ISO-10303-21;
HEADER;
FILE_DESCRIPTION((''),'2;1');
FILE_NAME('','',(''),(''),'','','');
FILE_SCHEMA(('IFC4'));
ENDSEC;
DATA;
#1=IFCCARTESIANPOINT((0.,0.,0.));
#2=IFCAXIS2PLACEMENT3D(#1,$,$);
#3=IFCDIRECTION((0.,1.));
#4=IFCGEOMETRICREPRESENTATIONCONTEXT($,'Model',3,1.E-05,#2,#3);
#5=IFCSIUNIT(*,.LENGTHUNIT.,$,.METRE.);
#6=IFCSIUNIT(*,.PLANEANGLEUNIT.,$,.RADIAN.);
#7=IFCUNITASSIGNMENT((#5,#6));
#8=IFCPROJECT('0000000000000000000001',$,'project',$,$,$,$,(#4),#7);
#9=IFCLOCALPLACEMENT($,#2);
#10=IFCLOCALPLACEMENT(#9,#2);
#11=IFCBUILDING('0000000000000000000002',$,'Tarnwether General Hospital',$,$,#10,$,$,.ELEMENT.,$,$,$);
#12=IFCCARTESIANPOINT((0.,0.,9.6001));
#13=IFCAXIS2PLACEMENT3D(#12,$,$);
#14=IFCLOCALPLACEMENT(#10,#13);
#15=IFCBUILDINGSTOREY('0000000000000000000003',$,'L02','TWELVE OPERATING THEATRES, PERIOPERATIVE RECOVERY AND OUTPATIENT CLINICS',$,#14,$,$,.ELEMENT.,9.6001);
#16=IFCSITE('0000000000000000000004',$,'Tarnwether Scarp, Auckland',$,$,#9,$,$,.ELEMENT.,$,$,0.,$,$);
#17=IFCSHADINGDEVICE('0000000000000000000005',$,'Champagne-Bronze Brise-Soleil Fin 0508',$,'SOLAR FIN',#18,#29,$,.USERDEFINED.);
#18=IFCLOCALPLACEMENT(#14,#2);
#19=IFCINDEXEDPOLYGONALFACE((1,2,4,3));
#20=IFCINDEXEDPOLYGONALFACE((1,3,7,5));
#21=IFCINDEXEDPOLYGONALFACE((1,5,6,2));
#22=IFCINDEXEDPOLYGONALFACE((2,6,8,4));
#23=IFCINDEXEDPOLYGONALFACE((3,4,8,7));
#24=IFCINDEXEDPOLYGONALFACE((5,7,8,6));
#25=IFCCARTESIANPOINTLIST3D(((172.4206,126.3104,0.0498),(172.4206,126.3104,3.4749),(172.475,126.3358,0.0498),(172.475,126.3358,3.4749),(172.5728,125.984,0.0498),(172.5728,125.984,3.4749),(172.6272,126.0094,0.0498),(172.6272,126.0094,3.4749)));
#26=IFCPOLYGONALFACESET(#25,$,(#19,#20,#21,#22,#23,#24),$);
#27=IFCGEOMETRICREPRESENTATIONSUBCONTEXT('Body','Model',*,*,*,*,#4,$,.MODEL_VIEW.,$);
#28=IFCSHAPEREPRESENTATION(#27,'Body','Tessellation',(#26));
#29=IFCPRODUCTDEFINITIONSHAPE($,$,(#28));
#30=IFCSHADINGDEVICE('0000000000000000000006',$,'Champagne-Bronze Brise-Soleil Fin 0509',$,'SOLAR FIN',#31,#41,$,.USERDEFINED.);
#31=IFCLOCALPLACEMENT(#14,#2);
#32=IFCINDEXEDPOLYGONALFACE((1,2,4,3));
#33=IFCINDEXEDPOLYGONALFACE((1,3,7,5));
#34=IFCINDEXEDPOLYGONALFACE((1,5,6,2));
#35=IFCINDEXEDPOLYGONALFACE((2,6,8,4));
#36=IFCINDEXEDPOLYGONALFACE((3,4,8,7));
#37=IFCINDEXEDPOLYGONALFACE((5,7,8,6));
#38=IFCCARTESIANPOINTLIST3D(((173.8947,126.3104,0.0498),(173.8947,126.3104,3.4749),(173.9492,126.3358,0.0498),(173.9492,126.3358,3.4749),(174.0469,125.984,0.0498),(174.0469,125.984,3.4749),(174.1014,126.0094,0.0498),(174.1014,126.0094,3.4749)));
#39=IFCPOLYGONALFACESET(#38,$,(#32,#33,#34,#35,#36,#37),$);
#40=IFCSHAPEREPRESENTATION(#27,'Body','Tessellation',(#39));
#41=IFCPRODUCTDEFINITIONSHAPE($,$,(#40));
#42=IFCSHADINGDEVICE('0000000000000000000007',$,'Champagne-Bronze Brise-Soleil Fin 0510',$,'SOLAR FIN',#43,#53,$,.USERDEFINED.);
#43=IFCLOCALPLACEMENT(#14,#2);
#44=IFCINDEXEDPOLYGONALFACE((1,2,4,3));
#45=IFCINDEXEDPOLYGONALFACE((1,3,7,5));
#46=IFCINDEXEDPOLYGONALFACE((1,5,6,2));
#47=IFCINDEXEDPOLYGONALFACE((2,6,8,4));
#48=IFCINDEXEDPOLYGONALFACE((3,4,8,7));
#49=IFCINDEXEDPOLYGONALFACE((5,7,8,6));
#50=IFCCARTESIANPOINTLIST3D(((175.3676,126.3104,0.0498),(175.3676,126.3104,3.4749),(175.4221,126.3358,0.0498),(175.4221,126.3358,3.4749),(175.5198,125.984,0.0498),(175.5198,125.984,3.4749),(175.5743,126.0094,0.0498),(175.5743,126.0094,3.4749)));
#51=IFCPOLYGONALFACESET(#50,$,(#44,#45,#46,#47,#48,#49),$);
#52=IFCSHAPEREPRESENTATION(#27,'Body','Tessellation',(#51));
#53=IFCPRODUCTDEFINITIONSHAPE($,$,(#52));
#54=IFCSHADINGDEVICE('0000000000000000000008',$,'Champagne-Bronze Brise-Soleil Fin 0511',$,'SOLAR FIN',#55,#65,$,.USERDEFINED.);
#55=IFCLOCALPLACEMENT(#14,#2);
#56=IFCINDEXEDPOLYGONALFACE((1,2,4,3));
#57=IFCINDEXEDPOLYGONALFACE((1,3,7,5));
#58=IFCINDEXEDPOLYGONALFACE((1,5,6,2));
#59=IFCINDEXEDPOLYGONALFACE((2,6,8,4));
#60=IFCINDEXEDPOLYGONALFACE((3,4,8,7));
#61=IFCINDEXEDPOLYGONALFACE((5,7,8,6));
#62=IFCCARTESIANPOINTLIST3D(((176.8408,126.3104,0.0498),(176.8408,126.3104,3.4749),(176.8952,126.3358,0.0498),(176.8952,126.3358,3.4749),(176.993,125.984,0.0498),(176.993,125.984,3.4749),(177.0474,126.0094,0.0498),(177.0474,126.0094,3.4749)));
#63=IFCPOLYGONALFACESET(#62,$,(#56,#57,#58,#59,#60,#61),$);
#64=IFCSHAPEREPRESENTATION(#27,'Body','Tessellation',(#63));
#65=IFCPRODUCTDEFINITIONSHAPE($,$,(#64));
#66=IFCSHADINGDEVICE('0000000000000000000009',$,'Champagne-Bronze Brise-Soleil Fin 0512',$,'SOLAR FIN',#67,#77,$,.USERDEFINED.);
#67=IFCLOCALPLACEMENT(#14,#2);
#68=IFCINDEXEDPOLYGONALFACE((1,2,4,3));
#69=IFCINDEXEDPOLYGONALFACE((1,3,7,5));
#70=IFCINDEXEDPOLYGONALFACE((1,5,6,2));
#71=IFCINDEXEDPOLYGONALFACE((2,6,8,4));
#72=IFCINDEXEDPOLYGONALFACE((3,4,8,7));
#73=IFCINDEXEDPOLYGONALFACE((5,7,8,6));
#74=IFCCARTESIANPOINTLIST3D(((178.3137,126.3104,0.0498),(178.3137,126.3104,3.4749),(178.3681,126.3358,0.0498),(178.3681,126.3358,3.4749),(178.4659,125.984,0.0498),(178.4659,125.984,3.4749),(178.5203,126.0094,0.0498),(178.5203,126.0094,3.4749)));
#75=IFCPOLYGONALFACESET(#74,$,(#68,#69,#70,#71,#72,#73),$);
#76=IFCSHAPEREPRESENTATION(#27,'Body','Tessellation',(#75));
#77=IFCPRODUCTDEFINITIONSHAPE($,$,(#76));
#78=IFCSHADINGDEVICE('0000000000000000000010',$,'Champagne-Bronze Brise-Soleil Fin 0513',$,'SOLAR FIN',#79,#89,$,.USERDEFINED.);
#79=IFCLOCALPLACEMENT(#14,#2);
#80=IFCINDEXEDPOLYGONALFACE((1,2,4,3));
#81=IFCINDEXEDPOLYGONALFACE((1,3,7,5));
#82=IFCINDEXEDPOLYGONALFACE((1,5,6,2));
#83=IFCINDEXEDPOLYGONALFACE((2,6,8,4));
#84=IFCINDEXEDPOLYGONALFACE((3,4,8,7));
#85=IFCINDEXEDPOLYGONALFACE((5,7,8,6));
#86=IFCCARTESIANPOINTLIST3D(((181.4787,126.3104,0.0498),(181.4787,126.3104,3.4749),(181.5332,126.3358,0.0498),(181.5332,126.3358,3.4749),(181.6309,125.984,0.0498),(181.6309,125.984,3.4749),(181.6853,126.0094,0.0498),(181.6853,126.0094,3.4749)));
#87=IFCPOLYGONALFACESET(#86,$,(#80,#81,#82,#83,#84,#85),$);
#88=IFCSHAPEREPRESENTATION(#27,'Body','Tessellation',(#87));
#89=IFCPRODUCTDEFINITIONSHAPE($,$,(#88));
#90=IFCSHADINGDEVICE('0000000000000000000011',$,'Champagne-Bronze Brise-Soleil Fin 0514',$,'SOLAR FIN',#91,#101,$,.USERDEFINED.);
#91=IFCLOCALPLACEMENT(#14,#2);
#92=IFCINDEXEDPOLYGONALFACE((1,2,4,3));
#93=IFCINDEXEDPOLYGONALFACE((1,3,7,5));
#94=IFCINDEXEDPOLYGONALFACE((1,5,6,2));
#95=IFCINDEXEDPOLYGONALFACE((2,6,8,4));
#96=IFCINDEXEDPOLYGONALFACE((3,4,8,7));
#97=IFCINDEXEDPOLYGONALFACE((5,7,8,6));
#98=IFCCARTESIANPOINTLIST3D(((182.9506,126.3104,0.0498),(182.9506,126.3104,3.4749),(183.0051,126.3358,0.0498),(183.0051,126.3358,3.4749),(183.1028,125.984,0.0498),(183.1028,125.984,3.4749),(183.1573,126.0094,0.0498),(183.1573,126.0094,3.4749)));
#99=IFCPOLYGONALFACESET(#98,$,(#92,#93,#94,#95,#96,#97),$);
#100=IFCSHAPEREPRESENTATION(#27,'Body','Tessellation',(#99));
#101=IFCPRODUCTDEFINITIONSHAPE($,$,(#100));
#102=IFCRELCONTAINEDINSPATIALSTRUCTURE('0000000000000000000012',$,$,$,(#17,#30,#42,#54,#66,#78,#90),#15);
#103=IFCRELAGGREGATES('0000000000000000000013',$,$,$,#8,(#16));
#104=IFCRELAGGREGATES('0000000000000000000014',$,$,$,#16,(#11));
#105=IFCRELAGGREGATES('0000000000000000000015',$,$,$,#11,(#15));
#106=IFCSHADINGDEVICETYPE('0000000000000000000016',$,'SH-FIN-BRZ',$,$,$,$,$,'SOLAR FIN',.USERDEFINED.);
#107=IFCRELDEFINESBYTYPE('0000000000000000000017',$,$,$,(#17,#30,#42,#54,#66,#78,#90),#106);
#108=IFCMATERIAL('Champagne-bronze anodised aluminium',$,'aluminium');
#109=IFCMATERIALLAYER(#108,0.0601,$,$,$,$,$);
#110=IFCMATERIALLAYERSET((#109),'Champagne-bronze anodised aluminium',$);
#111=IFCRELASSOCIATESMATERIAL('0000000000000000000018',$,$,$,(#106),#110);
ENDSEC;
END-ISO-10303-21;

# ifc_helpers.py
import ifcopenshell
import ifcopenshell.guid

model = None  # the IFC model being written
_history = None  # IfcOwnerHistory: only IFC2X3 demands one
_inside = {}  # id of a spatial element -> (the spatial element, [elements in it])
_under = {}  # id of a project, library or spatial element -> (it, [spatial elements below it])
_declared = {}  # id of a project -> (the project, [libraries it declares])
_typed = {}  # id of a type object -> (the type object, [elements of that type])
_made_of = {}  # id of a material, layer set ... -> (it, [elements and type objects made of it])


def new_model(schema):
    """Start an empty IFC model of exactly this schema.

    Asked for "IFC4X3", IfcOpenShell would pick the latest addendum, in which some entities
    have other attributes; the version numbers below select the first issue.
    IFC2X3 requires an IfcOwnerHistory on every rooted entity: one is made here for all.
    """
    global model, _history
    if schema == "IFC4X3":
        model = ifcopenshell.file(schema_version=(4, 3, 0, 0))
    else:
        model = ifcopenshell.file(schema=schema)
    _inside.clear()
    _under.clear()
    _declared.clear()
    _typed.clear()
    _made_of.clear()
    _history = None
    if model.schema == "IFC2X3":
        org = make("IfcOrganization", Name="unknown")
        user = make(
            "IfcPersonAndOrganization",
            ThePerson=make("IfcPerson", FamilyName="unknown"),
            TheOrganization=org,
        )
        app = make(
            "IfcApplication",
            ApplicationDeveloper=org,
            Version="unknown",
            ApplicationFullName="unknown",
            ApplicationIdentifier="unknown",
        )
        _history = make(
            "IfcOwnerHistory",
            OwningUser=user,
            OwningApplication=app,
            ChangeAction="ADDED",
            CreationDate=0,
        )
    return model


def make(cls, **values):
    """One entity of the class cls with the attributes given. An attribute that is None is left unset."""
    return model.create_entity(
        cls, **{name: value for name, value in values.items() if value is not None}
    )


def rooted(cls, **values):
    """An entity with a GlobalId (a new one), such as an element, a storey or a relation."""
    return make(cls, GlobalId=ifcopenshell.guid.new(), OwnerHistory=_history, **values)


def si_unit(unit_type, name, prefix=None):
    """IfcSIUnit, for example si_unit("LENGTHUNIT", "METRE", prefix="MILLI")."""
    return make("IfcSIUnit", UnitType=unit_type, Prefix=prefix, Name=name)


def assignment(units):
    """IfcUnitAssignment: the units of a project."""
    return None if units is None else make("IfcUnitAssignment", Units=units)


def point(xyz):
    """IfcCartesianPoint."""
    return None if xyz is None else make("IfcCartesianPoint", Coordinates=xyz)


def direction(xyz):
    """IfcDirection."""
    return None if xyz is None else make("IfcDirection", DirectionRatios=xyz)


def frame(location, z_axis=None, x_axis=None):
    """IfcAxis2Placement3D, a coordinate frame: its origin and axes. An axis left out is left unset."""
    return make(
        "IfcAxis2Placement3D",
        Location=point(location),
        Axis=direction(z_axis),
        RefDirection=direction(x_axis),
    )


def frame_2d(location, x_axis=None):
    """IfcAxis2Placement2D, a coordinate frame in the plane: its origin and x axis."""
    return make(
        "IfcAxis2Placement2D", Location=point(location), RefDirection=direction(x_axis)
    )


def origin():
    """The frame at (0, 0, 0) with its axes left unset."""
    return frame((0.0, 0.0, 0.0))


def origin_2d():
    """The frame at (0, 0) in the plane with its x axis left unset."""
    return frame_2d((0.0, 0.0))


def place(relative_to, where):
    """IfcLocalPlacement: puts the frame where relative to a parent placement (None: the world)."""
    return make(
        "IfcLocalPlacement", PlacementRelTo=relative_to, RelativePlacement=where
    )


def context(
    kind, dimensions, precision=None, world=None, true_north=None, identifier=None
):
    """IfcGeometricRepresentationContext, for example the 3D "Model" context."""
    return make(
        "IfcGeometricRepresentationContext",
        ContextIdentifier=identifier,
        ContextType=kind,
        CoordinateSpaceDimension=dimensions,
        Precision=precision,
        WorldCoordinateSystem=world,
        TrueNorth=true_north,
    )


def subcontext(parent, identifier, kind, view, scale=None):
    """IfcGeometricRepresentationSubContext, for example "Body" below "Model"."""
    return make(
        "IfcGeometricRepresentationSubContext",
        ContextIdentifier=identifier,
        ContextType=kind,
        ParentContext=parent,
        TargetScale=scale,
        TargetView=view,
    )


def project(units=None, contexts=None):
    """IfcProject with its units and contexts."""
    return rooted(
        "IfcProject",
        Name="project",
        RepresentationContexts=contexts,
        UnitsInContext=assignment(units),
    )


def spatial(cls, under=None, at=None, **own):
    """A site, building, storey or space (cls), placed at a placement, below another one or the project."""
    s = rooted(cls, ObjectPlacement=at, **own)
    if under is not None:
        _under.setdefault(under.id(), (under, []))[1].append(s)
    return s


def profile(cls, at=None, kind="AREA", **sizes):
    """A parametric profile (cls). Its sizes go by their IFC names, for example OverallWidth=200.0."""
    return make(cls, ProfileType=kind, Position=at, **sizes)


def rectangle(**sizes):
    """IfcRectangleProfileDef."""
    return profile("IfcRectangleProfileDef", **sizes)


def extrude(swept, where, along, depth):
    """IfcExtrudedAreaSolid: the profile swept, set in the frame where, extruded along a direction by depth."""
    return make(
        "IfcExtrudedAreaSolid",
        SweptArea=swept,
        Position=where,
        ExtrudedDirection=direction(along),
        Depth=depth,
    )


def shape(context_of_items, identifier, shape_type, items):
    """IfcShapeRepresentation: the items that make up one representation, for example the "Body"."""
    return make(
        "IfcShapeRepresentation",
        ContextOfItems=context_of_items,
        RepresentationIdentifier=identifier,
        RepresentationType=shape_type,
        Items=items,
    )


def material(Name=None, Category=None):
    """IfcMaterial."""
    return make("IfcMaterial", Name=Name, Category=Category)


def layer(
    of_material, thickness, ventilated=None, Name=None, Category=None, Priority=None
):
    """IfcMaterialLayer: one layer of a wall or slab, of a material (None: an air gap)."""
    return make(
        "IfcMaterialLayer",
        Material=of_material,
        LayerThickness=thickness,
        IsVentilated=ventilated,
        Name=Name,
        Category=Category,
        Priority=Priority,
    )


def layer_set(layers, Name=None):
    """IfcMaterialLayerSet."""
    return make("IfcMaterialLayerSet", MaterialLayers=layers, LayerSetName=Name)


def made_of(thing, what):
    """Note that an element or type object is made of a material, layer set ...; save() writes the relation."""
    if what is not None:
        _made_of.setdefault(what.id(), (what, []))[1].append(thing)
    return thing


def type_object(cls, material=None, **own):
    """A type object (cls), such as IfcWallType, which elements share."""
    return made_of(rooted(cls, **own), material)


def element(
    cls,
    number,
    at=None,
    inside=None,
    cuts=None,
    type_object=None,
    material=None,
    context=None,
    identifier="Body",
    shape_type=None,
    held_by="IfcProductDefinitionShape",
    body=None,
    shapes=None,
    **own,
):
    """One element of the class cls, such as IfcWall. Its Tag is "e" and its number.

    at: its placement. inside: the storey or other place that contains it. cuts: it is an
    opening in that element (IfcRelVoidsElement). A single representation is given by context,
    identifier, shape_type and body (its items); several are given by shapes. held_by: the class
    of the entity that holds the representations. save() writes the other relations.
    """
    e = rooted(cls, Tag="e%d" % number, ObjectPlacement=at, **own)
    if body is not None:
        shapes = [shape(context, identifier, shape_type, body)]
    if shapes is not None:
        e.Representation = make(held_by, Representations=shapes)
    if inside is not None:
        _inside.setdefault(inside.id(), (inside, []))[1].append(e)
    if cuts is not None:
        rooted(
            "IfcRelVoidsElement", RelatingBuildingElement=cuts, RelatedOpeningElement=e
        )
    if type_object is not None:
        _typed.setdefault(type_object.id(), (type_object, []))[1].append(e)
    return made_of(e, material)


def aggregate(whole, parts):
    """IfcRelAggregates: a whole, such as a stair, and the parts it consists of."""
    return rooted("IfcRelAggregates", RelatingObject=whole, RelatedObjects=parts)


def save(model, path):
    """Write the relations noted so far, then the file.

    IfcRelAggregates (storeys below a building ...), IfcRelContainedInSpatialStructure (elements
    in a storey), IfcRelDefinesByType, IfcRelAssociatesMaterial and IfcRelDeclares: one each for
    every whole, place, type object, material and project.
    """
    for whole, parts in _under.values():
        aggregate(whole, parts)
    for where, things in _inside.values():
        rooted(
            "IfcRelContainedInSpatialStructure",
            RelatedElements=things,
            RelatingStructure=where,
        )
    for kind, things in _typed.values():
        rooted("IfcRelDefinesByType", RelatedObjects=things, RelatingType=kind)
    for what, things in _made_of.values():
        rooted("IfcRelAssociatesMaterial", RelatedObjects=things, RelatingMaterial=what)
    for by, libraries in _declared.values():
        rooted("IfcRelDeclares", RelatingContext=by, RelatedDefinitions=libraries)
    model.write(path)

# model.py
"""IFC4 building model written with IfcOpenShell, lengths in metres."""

from ifc_helpers import new_model, si_unit, direction, frame, origin, origin_2d, place, context, subcontext, project, spatial, rectangle, extrude, material, layer, layer_set, type_object, element, save


model = new_model("IFC4")

# Units and contexts
model_context = context("Model", 3, precision=1e-05, world=origin(), true_north=direction((0.0, 1.0)))
body_context = subcontext(model_context, "Body", "Model", "MODEL_VIEW")
ifc_project = project(units=[si_unit("LENGTHUNIT", "METRE"), si_unit("PLANEANGLEUNIT", "RADIAN")], contexts=[model_context])

# Site, building, storey
site_placement = place(None, origin())
site = spatial("IfcSite", under=ifc_project, at=site_placement, Name="Tarnwether Scarp, Auckland", CompositionType="ELEMENT", RefElevation=0.0)
building_placement = place(site_placement, origin())
building = spatial("IfcBuilding", under=site, at=building_placement, Name="Tarnwether General Hospital", CompositionType="ELEMENT")
storey_placement = place(building_placement, frame((0.0, 0.0, 9.6001)))
storey = spatial("IfcBuildingStorey", under=building, at=storey_placement, Name="L02", Description="TWELVE OPERATING THEATRES, PERIOPERATIVE RECOVERY AND OUTPATIENT CLINICS", CompositionType="ELEMENT", Elevation=9.6001)

# Shading devices
ifc_material_1 = material(Name="Champagne-bronze anodised aluminium", Category="aluminium")
ifc_layer_1 = layer(ifc_material_1, 0.0601)
ifc_layer_set_1 = layer_set([ifc_layer_1], Name="Champagne-bronze anodised aluminium")
shading_device_type = type_object("IfcShadingDeviceType", Name="SH-FIN-BRZ", ElementType="SOLAR FIN", PredefinedType="USERDEFINED", material=ifc_layer_set_1)
for number, where, z_axis, x_axis, name in (
    (1, (172.5239, 126.1599, 0.0498), (0.0, 0.0, 1.0), (0.906308, 0.422618, 0.0), "Champagne-Bronze Brise-Soleil Fin 0508"),
    (2, (173.998, 126.1599, 0.0498), (0.0, 0.0, 1.0), (0.906308, 0.422618, 0.0), "Champagne-Bronze Brise-Soleil Fin 0509"),
    (3, (175.4709, 126.1599, 0.0498), (0.0, 0.0, 1.0), (0.906308, 0.422618, 0.0), "Champagne-Bronze Brise-Soleil Fin 0510"),
    (4, (176.9441, 126.1599, 0.0498), (0.0, 0.0, 1.0), (0.906308, 0.422618, 0.0), "Champagne-Bronze Brise-Soleil Fin 0511"),
    (5, (178.417, 126.1599, 0.0498), (0.0, 0.0, 1.0), (0.906308, 0.422618, 0.0), "Champagne-Bronze Brise-Soleil Fin 0512"),
    (6, (181.582, 126.1599, 0.0498), (0.0, 0.0, 1.0), (0.906308, 0.422618, 0.0), "Champagne-Bronze Brise-Soleil Fin 0513"),
    (7, (183.054, 126.1599, 0.0498), (0.0, 0.0, 1.0), (0.906308, 0.422618, 0.0), "Champagne-Bronze Brise-Soleil Fin 0514"),
):
    element("IfcShadingDevice", number, at=place(storey_placement, frame(where, z_axis=z_axis, x_axis=x_axis)), inside=storey, type_object=shading_device_type, Name=name, ObjectType="SOLAR FIN", PredefinedType="USERDEFINED", context=body_context, shape_type="SweptSolid", body=[
        extrude(rectangle(XDim=0.0601, YDim=0.3601, at=origin_2d()), origin(), (0.0, 0.0, 1.0), 3.425),
    ])

save(model, "model.ifc")
